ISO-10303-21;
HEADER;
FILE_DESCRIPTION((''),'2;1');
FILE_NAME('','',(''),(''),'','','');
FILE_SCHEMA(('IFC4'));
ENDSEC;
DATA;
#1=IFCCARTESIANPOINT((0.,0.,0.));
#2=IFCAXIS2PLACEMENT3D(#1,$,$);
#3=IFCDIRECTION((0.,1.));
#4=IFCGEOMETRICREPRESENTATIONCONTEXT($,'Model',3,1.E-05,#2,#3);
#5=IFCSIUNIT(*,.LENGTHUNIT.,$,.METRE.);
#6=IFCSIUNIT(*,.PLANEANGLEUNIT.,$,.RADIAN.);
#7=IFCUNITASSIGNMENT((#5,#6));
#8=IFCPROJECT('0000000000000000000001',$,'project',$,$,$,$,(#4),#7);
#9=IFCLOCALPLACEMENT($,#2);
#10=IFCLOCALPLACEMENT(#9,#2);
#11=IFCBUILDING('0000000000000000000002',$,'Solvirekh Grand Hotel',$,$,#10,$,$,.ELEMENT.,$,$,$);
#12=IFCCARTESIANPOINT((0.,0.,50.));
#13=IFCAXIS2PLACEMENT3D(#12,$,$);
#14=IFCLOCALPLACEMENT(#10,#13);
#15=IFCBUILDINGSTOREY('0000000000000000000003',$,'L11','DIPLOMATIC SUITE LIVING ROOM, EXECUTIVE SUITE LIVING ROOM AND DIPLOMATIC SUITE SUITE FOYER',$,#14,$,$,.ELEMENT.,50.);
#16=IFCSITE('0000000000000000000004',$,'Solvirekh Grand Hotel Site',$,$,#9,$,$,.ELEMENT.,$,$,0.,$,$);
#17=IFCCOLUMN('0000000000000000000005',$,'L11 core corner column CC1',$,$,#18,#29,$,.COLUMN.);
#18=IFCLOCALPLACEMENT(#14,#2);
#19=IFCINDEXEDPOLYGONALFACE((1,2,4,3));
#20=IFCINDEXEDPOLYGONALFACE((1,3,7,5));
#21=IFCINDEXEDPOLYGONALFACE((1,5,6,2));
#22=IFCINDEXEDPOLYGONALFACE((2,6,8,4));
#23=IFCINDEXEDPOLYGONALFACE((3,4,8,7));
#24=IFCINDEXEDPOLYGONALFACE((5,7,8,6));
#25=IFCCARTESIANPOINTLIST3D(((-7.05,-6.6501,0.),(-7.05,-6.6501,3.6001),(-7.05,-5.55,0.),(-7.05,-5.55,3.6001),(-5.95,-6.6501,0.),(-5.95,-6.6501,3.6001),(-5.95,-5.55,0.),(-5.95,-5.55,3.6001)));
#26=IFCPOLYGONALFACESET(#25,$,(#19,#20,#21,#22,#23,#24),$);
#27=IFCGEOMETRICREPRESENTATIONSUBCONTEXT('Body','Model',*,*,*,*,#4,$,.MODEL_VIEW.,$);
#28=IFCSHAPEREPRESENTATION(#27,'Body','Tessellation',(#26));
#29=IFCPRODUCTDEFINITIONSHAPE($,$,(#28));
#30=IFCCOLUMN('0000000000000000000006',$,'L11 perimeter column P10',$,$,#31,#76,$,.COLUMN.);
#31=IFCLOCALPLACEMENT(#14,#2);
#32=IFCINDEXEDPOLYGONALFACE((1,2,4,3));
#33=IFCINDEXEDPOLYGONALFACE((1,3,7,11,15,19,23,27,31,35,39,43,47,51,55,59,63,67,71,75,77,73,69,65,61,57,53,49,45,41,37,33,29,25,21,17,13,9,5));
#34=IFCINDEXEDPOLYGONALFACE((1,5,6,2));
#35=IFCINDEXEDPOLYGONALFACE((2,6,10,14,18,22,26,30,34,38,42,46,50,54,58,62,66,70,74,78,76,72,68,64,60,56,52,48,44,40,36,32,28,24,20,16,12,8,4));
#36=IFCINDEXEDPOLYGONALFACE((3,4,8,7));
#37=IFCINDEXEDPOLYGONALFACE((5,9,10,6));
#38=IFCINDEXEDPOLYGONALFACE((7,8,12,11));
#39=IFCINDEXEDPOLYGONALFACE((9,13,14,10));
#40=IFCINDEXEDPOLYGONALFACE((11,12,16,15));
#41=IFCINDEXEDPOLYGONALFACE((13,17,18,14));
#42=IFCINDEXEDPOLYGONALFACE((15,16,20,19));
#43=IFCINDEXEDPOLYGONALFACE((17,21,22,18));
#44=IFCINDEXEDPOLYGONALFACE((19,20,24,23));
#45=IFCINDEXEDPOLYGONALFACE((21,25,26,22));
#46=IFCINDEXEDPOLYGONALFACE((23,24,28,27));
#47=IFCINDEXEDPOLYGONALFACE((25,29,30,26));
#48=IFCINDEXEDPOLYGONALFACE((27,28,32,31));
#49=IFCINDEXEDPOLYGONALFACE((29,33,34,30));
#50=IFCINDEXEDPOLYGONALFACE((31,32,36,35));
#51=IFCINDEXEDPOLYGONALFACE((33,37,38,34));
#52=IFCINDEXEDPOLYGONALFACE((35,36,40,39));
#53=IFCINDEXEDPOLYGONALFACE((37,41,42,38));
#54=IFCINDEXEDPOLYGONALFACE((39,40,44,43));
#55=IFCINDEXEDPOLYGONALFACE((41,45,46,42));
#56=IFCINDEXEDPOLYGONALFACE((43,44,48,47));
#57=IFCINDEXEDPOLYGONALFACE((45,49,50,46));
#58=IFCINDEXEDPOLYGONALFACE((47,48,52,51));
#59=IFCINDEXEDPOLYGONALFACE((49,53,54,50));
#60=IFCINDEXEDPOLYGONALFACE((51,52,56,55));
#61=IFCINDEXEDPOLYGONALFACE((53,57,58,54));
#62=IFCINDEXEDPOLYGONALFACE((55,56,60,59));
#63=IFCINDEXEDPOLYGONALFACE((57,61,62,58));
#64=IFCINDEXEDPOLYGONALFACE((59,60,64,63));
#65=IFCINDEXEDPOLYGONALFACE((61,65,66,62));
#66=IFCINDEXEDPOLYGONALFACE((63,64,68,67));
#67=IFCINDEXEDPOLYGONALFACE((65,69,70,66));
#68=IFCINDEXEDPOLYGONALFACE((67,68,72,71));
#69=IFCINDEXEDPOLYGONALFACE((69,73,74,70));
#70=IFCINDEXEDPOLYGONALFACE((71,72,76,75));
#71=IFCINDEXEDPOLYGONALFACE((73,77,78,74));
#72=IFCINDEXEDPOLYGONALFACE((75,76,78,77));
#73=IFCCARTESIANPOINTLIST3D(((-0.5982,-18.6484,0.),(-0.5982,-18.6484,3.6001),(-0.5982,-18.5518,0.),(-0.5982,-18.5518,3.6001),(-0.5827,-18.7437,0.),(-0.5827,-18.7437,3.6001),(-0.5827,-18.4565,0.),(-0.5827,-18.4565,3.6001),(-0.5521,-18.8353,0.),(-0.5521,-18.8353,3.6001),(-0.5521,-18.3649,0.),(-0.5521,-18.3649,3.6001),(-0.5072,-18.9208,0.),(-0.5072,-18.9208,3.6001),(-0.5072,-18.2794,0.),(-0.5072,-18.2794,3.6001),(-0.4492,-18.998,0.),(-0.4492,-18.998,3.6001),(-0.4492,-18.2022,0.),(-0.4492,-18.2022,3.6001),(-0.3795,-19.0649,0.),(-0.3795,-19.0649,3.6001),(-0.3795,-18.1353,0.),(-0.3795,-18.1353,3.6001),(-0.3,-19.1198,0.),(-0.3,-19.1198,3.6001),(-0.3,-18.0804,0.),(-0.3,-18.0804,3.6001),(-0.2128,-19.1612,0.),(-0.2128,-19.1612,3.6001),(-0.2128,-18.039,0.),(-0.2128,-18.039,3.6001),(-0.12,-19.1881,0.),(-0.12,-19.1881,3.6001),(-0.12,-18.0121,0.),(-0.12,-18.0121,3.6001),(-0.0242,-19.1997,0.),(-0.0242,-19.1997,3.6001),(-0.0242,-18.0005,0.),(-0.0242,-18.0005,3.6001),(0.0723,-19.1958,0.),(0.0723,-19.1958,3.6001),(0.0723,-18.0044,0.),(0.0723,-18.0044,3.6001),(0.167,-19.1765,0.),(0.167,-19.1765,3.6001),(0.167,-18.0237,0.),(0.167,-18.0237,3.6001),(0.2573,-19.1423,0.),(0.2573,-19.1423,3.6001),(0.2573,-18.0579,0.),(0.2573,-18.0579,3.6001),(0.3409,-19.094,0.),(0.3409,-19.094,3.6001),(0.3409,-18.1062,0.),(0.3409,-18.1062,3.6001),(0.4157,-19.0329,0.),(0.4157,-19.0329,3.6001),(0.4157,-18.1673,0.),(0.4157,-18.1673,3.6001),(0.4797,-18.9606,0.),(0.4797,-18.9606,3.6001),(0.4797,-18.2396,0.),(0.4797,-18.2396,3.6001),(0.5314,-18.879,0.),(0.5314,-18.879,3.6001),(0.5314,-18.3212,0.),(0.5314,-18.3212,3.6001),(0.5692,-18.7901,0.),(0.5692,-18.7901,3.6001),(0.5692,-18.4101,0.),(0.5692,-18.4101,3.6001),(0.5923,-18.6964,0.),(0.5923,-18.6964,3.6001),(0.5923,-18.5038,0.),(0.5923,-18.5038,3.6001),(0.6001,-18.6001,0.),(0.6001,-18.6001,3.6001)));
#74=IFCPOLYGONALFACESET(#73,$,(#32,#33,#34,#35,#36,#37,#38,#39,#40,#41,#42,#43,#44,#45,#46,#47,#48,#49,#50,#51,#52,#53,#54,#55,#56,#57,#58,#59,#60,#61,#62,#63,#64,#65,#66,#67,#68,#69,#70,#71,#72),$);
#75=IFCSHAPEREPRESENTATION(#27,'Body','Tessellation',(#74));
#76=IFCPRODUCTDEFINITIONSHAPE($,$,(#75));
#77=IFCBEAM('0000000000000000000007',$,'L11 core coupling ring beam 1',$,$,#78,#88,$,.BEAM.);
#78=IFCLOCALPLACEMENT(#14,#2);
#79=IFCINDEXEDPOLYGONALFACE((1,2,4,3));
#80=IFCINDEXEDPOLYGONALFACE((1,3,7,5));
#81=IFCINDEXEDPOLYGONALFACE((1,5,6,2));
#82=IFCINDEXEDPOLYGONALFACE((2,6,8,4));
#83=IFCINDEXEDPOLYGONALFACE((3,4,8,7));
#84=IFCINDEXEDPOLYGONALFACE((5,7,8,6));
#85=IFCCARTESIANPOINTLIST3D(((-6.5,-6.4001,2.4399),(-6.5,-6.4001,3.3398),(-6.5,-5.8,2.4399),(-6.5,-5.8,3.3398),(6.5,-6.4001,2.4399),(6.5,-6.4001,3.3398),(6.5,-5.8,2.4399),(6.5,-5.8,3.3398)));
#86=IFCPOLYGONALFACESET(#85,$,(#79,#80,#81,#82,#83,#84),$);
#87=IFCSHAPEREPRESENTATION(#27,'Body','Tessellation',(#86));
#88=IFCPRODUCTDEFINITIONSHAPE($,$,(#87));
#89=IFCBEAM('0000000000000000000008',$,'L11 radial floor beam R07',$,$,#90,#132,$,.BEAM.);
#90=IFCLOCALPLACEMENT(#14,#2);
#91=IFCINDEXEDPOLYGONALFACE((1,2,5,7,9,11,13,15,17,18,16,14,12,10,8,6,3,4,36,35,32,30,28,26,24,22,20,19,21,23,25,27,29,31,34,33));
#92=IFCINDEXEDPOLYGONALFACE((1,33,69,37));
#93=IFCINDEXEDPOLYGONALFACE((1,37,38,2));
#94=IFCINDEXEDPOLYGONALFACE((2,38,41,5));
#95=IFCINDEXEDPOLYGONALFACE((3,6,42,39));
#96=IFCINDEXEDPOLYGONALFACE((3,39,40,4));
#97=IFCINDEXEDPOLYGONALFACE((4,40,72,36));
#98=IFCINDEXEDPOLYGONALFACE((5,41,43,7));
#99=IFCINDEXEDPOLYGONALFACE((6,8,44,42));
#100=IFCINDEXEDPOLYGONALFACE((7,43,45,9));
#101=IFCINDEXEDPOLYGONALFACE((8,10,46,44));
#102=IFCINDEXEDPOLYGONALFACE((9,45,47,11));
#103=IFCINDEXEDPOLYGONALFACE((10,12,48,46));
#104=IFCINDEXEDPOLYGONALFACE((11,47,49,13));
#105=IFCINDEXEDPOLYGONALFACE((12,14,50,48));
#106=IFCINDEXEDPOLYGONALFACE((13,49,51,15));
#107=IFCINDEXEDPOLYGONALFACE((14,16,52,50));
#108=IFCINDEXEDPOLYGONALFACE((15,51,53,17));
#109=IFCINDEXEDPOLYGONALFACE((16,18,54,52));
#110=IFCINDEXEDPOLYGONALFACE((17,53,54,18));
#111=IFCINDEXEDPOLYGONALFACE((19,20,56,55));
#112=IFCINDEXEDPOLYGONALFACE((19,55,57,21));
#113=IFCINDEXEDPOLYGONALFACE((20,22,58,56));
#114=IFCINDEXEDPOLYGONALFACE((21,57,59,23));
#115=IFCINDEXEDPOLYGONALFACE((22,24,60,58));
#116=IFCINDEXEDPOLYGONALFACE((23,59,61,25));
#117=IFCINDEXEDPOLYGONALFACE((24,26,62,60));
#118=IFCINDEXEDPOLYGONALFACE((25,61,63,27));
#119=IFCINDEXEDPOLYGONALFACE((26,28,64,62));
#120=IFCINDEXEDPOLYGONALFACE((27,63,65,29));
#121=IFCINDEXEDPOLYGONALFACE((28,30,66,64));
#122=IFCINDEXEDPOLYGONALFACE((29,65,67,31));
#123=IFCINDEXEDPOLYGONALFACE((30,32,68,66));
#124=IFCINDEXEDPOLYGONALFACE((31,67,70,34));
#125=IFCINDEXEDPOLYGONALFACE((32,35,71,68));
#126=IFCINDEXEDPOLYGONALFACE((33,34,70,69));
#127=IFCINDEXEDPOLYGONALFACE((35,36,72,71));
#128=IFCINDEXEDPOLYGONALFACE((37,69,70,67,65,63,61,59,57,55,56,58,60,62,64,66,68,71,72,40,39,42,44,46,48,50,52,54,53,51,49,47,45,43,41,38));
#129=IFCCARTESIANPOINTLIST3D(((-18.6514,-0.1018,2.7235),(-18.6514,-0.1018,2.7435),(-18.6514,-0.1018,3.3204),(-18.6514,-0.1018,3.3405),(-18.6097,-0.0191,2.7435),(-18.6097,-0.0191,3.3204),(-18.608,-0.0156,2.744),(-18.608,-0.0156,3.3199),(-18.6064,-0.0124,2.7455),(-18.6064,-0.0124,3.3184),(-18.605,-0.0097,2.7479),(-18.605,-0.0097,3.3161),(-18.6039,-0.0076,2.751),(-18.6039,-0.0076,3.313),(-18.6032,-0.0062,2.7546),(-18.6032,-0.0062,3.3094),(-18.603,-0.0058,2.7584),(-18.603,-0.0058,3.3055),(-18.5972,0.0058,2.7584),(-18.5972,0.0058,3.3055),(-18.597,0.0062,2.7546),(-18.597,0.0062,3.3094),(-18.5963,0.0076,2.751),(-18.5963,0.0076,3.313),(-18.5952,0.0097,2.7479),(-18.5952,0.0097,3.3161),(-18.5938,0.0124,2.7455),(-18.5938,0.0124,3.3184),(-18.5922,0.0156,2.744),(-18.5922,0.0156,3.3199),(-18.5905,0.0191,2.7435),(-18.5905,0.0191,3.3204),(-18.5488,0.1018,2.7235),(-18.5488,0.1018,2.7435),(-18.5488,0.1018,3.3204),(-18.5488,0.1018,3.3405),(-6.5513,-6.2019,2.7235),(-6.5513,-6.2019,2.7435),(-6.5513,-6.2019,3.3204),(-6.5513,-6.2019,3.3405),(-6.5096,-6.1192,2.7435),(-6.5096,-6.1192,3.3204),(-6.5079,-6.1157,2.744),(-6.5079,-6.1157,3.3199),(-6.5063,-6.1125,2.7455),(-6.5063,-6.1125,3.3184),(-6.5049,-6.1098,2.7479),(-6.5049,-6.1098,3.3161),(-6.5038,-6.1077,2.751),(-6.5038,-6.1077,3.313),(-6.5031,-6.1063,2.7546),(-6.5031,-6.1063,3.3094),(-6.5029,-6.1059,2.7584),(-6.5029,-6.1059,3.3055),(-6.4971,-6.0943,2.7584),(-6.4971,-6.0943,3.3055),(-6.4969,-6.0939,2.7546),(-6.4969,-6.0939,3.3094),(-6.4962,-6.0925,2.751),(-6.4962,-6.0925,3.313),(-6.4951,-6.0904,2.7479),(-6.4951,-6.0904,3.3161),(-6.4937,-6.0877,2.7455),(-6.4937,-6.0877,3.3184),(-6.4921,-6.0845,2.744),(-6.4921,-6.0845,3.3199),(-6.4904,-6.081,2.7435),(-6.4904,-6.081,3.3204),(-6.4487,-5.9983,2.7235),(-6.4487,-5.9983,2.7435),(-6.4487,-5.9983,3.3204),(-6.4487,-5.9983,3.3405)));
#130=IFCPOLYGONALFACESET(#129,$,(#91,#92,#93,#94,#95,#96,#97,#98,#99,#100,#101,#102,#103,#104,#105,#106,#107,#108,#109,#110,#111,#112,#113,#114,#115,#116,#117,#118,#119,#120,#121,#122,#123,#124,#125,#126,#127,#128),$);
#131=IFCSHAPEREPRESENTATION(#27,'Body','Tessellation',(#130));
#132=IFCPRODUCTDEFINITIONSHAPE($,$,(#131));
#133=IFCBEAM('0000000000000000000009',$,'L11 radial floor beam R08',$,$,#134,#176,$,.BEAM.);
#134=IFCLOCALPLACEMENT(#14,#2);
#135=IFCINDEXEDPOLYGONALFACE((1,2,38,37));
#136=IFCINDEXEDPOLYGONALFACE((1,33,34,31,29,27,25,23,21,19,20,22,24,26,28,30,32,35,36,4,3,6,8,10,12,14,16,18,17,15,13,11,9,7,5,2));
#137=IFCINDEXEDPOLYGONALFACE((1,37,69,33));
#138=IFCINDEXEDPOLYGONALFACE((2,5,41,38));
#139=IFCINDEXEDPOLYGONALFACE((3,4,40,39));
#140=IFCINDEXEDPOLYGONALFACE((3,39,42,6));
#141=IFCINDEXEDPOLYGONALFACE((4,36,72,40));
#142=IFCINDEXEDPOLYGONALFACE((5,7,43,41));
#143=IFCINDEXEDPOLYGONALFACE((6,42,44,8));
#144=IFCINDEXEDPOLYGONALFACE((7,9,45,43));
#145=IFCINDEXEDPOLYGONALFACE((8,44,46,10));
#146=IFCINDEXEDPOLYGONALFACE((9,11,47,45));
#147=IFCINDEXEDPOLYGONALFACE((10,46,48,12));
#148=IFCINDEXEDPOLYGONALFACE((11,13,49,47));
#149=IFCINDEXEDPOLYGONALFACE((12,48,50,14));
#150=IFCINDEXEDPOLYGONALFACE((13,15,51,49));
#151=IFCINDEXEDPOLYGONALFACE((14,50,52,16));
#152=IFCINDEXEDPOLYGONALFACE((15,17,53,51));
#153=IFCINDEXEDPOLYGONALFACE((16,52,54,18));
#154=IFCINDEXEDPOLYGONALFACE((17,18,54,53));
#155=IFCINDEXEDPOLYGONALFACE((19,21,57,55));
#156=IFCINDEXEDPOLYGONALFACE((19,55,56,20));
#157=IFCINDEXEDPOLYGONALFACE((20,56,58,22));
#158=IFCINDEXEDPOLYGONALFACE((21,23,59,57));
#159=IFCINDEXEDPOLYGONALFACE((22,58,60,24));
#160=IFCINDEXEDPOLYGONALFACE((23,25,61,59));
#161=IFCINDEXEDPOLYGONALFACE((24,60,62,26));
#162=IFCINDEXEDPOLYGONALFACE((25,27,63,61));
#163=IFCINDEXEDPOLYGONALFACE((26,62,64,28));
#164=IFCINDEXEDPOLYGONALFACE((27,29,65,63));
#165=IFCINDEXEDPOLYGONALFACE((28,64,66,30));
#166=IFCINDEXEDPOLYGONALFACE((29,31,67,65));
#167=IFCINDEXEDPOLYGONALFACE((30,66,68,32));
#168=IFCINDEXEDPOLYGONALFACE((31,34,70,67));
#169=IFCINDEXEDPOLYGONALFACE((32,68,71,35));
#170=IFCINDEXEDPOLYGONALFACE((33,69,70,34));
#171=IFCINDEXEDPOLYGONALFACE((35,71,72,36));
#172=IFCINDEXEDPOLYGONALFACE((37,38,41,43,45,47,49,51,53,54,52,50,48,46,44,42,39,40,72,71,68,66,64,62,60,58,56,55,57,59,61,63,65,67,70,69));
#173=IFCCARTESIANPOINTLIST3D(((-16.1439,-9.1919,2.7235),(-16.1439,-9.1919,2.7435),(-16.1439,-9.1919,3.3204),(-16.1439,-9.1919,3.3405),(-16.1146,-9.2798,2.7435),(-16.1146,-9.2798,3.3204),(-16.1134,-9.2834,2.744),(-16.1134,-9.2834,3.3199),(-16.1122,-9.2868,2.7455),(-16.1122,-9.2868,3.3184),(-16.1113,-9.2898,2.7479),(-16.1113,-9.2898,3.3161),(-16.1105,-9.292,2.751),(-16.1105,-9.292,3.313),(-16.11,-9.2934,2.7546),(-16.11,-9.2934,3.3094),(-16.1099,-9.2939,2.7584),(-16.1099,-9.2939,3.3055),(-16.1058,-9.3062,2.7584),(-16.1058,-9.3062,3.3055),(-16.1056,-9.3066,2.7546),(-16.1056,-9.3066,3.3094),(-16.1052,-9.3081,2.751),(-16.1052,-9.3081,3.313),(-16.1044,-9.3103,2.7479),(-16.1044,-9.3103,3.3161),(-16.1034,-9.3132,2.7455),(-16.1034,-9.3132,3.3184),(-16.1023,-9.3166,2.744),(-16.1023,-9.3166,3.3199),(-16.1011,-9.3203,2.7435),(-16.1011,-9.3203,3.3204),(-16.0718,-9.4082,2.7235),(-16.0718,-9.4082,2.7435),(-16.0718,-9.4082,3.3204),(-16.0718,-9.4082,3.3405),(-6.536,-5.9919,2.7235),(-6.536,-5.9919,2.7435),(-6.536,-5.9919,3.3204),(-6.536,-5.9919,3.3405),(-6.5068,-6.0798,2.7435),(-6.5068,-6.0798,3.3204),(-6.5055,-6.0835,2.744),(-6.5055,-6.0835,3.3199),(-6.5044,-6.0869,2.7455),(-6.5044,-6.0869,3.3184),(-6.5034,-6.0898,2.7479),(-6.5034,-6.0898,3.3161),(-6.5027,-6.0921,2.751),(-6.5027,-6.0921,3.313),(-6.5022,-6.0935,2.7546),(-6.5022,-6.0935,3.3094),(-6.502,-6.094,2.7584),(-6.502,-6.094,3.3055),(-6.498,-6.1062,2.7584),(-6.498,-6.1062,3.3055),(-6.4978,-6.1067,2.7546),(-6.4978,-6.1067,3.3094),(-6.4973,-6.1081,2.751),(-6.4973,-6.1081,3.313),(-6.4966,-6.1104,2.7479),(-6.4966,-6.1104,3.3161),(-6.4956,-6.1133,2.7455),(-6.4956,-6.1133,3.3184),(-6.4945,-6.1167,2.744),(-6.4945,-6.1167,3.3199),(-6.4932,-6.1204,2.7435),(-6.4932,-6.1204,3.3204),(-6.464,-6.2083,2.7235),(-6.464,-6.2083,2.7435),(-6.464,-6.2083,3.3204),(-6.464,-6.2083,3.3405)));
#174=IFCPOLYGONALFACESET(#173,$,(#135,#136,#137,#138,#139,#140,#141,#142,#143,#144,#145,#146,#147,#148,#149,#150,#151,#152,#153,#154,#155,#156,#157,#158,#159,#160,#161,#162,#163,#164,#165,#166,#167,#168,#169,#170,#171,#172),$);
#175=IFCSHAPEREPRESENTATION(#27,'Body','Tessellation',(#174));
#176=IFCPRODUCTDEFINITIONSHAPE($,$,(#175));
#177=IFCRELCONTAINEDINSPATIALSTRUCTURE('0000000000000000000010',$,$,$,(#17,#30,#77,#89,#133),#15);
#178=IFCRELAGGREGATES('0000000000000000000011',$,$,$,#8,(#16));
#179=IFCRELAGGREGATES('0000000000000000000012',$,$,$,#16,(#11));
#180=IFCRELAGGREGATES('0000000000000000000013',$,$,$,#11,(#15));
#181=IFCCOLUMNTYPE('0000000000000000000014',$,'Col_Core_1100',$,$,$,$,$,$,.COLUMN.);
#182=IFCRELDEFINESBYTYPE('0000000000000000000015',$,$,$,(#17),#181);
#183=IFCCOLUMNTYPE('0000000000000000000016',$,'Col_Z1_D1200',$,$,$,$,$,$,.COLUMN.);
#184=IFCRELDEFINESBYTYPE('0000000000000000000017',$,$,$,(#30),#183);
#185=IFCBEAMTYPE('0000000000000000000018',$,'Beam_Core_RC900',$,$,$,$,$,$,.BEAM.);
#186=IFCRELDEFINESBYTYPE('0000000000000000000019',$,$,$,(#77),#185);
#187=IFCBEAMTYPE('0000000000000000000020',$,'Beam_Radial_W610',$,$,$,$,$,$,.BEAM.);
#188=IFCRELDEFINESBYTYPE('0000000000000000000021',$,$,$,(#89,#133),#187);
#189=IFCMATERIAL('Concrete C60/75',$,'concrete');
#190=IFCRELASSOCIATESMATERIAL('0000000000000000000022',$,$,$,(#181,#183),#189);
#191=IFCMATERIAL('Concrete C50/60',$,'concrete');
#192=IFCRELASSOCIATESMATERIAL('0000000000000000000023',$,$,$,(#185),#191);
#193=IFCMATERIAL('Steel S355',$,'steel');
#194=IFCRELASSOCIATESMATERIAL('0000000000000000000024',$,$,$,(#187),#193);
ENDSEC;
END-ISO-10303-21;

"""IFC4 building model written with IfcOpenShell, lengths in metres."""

from ifc_helpers import new_model, si_unit, direction, frame, origin, origin_2d, place, context, subcontext, project, spatial, rectangle, circle, i_section, extrude, material, material_profile, profile_set, type_object, element, save


model = new_model("IFC4")

# Units and contexts
model_context = context("Model", 3, precision=1e-05, world=origin(), true_north=direction((0.0, 1.0)))
body_context = subcontext(model_context, "Body", "Model", "MODEL_VIEW")
ifc_project = project(units=[si_unit("LENGTHUNIT", "METRE"), si_unit("PLANEANGLEUNIT", "RADIAN")], contexts=[model_context])

# Site, building, storey
site_placement = place(None, origin())
site = spatial("IfcSite", under=ifc_project, at=site_placement, Name="Solvirekh Grand Hotel Site", CompositionType="ELEMENT", RefElevation=0.0)
building_placement = place(site_placement, origin())
building = spatial("IfcBuilding", under=site, at=building_placement, Name="Solvirekh Grand Hotel", CompositionType="ELEMENT")
storey_placement = place(building_placement, frame((0.0, 0.0, 50.0)))
storey = spatial("IfcBuildingStorey", under=building, at=storey_placement, Name="L11", Description="DIPLOMATIC SUITE LIVING ROOM, EXECUTIVE SUITE LIVING ROOM AND DIPLOMATIC SUITE SUITE FOYER", CompositionType="ELEMENT", Elevation=50.0)

# Columns
ifc_material_1 = material(Name="Concrete C60/75", Category="concrete")
ifc_material_profile_1 = material_profile(ifc_material_1, rectangle(XDim=1.1001, YDim=1.1001, at=origin_2d()), Name="RC 1100X1100")
ifc_profile_set_1 = profile_set([ifc_material_profile_1], Name="Concrete C60/75")
column_type_1 = type_object("IfcColumnType", Name="Col_Core_1100", PredefinedType="COLUMN", material=ifc_profile_set_1)
column_1_placement = place(storey_placement, frame((-6.5, -6.1001, 0.0), z_axis=(0.0, 0.0, 1.0), x_axis=(1.0, 0.0, 0.0)))
element("IfcColumn", 1, at=column_1_placement, inside=storey, type_object=column_type_1, Name="L11 core corner column CC1", PredefinedType="COLUMN", context=body_context, shape_type="SweptSolid", body=[
    extrude(rectangle(XDim=1.1001, YDim=1.1001, at=origin_2d()), origin(), (0.0, 0.0, 1.0), 3.6001),
])
ifc_material_profile_2 = material_profile(ifc_material_1, circle(Radius=0.6001, at=origin_2d()), Name="RC CIRC D1200")
ifc_profile_set_2 = profile_set([ifc_material_profile_2], Name="Concrete C60/75")
column_type_2 = type_object("IfcColumnType", Name="Col_Z1_D1200", PredefinedType="COLUMN", material=ifc_profile_set_2)
column_2_placement = place(storey_placement, frame((0.0, -18.6001, 0.0), z_axis=(0.0, 0.0, 1.0), x_axis=(1.0, 0.0, 0.0)))
element("IfcColumn", 2, at=column_2_placement, inside=storey, type_object=column_type_2, Name="L11 perimeter column P10", PredefinedType="COLUMN", context=body_context, shape_type="SweptSolid", body=[
    extrude(circle(Radius=0.6001, at=origin_2d()), origin(), (0.0, 0.0, 1.0), 3.6001),
])

# Beams
ifc_material_2 = material(Name="Concrete C50/60", Category="concrete")
ifc_material_profile_3 = material_profile(ifc_material_2, rectangle(XDim=0.6001, YDim=0.8999, at=origin_2d()), Name="RC BEAM 600X900")
ifc_profile_set_3 = profile_set([ifc_material_profile_3], Name="Concrete C50/60")
beam_type_1 = type_object("IfcBeamType", Name="Beam_Core_RC900", PredefinedType="BEAM", material=ifc_profile_set_3)
beam_1_placement = place(storey_placement, frame((-6.5, -6.1001, 2.8899), z_axis=(1.0, 0.0, 0.0), x_axis=(0.0, 1.0, 0.0)))
element("IfcBeam", 3, at=beam_1_placement, inside=storey, type_object=beam_type_1, Name="L11 core coupling ring beam 1", PredefinedType="BEAM", context=body_context, shape_type="SweptSolid", body=[
    extrude(rectangle(XDim=0.6001, YDim=0.8999, at=origin_2d()), origin(), (0.0, 0.0, 1.0), 13.0),
])
ifc_material_3 = material(Name="Steel S355", Category="steel")
ifc_material_profile_4 = material_profile(ifc_material_3, i_section(OverallWidth=0.228, OverallDepth=0.6169, WebThickness=0.0129, FlangeThickness=0.02, FilletRadius=0.0149, at=origin_2d()), Name="W610X140")
ifc_profile_set_4 = profile_set([ifc_material_profile_4], Name="Steel S355")
beam_type_2 = type_object("IfcBeamType", Name="Beam_Radial_W610", PredefinedType="BEAM", material=ifc_profile_set_4)
beam_2_placement = place(storey_placement, frame((-6.5, -6.1001, 3.032), z_axis=(-0.892945, 0.450166, 0.0), x_axis=(-0.450166, -0.892945, 0.0)))
element("IfcBeam", 4, at=beam_2_placement, inside=storey, type_object=beam_type_2, Name="L11 radial floor beam R07", PredefinedType="BEAM", context=body_context, shape_type="SweptSolid", body=[
    extrude(i_section(OverallWidth=0.228, OverallDepth=0.6169, WebThickness=0.0129, FlangeThickness=0.02, FilletRadius=0.0149, at=origin_2d()), origin(), (0.0, 0.0, 1.0), 13.5508),
])
beam_3_placement = place(storey_placement, frame((-6.5, -6.1001, 3.032), z_axis=(-0.948763, -0.315989, 0.0), x_axis=(0.315989, -0.948763, 0.0)))
element("IfcBeam", 5, at=beam_3_placement, inside=storey, type_object=beam_type_2, Name="L11 radial floor beam R08", PredefinedType="BEAM", context=body_context, shape_type="SweptSolid", body=[
    extrude(i_section(OverallWidth=0.228, OverallDepth=0.6169, WebThickness=0.0129, FlangeThickness=0.02, FilletRadius=0.0149, at=origin_2d()), origin(), (0.0, 0.0, 1.0), 10.1267),
])

save(model, "model.ifc")
